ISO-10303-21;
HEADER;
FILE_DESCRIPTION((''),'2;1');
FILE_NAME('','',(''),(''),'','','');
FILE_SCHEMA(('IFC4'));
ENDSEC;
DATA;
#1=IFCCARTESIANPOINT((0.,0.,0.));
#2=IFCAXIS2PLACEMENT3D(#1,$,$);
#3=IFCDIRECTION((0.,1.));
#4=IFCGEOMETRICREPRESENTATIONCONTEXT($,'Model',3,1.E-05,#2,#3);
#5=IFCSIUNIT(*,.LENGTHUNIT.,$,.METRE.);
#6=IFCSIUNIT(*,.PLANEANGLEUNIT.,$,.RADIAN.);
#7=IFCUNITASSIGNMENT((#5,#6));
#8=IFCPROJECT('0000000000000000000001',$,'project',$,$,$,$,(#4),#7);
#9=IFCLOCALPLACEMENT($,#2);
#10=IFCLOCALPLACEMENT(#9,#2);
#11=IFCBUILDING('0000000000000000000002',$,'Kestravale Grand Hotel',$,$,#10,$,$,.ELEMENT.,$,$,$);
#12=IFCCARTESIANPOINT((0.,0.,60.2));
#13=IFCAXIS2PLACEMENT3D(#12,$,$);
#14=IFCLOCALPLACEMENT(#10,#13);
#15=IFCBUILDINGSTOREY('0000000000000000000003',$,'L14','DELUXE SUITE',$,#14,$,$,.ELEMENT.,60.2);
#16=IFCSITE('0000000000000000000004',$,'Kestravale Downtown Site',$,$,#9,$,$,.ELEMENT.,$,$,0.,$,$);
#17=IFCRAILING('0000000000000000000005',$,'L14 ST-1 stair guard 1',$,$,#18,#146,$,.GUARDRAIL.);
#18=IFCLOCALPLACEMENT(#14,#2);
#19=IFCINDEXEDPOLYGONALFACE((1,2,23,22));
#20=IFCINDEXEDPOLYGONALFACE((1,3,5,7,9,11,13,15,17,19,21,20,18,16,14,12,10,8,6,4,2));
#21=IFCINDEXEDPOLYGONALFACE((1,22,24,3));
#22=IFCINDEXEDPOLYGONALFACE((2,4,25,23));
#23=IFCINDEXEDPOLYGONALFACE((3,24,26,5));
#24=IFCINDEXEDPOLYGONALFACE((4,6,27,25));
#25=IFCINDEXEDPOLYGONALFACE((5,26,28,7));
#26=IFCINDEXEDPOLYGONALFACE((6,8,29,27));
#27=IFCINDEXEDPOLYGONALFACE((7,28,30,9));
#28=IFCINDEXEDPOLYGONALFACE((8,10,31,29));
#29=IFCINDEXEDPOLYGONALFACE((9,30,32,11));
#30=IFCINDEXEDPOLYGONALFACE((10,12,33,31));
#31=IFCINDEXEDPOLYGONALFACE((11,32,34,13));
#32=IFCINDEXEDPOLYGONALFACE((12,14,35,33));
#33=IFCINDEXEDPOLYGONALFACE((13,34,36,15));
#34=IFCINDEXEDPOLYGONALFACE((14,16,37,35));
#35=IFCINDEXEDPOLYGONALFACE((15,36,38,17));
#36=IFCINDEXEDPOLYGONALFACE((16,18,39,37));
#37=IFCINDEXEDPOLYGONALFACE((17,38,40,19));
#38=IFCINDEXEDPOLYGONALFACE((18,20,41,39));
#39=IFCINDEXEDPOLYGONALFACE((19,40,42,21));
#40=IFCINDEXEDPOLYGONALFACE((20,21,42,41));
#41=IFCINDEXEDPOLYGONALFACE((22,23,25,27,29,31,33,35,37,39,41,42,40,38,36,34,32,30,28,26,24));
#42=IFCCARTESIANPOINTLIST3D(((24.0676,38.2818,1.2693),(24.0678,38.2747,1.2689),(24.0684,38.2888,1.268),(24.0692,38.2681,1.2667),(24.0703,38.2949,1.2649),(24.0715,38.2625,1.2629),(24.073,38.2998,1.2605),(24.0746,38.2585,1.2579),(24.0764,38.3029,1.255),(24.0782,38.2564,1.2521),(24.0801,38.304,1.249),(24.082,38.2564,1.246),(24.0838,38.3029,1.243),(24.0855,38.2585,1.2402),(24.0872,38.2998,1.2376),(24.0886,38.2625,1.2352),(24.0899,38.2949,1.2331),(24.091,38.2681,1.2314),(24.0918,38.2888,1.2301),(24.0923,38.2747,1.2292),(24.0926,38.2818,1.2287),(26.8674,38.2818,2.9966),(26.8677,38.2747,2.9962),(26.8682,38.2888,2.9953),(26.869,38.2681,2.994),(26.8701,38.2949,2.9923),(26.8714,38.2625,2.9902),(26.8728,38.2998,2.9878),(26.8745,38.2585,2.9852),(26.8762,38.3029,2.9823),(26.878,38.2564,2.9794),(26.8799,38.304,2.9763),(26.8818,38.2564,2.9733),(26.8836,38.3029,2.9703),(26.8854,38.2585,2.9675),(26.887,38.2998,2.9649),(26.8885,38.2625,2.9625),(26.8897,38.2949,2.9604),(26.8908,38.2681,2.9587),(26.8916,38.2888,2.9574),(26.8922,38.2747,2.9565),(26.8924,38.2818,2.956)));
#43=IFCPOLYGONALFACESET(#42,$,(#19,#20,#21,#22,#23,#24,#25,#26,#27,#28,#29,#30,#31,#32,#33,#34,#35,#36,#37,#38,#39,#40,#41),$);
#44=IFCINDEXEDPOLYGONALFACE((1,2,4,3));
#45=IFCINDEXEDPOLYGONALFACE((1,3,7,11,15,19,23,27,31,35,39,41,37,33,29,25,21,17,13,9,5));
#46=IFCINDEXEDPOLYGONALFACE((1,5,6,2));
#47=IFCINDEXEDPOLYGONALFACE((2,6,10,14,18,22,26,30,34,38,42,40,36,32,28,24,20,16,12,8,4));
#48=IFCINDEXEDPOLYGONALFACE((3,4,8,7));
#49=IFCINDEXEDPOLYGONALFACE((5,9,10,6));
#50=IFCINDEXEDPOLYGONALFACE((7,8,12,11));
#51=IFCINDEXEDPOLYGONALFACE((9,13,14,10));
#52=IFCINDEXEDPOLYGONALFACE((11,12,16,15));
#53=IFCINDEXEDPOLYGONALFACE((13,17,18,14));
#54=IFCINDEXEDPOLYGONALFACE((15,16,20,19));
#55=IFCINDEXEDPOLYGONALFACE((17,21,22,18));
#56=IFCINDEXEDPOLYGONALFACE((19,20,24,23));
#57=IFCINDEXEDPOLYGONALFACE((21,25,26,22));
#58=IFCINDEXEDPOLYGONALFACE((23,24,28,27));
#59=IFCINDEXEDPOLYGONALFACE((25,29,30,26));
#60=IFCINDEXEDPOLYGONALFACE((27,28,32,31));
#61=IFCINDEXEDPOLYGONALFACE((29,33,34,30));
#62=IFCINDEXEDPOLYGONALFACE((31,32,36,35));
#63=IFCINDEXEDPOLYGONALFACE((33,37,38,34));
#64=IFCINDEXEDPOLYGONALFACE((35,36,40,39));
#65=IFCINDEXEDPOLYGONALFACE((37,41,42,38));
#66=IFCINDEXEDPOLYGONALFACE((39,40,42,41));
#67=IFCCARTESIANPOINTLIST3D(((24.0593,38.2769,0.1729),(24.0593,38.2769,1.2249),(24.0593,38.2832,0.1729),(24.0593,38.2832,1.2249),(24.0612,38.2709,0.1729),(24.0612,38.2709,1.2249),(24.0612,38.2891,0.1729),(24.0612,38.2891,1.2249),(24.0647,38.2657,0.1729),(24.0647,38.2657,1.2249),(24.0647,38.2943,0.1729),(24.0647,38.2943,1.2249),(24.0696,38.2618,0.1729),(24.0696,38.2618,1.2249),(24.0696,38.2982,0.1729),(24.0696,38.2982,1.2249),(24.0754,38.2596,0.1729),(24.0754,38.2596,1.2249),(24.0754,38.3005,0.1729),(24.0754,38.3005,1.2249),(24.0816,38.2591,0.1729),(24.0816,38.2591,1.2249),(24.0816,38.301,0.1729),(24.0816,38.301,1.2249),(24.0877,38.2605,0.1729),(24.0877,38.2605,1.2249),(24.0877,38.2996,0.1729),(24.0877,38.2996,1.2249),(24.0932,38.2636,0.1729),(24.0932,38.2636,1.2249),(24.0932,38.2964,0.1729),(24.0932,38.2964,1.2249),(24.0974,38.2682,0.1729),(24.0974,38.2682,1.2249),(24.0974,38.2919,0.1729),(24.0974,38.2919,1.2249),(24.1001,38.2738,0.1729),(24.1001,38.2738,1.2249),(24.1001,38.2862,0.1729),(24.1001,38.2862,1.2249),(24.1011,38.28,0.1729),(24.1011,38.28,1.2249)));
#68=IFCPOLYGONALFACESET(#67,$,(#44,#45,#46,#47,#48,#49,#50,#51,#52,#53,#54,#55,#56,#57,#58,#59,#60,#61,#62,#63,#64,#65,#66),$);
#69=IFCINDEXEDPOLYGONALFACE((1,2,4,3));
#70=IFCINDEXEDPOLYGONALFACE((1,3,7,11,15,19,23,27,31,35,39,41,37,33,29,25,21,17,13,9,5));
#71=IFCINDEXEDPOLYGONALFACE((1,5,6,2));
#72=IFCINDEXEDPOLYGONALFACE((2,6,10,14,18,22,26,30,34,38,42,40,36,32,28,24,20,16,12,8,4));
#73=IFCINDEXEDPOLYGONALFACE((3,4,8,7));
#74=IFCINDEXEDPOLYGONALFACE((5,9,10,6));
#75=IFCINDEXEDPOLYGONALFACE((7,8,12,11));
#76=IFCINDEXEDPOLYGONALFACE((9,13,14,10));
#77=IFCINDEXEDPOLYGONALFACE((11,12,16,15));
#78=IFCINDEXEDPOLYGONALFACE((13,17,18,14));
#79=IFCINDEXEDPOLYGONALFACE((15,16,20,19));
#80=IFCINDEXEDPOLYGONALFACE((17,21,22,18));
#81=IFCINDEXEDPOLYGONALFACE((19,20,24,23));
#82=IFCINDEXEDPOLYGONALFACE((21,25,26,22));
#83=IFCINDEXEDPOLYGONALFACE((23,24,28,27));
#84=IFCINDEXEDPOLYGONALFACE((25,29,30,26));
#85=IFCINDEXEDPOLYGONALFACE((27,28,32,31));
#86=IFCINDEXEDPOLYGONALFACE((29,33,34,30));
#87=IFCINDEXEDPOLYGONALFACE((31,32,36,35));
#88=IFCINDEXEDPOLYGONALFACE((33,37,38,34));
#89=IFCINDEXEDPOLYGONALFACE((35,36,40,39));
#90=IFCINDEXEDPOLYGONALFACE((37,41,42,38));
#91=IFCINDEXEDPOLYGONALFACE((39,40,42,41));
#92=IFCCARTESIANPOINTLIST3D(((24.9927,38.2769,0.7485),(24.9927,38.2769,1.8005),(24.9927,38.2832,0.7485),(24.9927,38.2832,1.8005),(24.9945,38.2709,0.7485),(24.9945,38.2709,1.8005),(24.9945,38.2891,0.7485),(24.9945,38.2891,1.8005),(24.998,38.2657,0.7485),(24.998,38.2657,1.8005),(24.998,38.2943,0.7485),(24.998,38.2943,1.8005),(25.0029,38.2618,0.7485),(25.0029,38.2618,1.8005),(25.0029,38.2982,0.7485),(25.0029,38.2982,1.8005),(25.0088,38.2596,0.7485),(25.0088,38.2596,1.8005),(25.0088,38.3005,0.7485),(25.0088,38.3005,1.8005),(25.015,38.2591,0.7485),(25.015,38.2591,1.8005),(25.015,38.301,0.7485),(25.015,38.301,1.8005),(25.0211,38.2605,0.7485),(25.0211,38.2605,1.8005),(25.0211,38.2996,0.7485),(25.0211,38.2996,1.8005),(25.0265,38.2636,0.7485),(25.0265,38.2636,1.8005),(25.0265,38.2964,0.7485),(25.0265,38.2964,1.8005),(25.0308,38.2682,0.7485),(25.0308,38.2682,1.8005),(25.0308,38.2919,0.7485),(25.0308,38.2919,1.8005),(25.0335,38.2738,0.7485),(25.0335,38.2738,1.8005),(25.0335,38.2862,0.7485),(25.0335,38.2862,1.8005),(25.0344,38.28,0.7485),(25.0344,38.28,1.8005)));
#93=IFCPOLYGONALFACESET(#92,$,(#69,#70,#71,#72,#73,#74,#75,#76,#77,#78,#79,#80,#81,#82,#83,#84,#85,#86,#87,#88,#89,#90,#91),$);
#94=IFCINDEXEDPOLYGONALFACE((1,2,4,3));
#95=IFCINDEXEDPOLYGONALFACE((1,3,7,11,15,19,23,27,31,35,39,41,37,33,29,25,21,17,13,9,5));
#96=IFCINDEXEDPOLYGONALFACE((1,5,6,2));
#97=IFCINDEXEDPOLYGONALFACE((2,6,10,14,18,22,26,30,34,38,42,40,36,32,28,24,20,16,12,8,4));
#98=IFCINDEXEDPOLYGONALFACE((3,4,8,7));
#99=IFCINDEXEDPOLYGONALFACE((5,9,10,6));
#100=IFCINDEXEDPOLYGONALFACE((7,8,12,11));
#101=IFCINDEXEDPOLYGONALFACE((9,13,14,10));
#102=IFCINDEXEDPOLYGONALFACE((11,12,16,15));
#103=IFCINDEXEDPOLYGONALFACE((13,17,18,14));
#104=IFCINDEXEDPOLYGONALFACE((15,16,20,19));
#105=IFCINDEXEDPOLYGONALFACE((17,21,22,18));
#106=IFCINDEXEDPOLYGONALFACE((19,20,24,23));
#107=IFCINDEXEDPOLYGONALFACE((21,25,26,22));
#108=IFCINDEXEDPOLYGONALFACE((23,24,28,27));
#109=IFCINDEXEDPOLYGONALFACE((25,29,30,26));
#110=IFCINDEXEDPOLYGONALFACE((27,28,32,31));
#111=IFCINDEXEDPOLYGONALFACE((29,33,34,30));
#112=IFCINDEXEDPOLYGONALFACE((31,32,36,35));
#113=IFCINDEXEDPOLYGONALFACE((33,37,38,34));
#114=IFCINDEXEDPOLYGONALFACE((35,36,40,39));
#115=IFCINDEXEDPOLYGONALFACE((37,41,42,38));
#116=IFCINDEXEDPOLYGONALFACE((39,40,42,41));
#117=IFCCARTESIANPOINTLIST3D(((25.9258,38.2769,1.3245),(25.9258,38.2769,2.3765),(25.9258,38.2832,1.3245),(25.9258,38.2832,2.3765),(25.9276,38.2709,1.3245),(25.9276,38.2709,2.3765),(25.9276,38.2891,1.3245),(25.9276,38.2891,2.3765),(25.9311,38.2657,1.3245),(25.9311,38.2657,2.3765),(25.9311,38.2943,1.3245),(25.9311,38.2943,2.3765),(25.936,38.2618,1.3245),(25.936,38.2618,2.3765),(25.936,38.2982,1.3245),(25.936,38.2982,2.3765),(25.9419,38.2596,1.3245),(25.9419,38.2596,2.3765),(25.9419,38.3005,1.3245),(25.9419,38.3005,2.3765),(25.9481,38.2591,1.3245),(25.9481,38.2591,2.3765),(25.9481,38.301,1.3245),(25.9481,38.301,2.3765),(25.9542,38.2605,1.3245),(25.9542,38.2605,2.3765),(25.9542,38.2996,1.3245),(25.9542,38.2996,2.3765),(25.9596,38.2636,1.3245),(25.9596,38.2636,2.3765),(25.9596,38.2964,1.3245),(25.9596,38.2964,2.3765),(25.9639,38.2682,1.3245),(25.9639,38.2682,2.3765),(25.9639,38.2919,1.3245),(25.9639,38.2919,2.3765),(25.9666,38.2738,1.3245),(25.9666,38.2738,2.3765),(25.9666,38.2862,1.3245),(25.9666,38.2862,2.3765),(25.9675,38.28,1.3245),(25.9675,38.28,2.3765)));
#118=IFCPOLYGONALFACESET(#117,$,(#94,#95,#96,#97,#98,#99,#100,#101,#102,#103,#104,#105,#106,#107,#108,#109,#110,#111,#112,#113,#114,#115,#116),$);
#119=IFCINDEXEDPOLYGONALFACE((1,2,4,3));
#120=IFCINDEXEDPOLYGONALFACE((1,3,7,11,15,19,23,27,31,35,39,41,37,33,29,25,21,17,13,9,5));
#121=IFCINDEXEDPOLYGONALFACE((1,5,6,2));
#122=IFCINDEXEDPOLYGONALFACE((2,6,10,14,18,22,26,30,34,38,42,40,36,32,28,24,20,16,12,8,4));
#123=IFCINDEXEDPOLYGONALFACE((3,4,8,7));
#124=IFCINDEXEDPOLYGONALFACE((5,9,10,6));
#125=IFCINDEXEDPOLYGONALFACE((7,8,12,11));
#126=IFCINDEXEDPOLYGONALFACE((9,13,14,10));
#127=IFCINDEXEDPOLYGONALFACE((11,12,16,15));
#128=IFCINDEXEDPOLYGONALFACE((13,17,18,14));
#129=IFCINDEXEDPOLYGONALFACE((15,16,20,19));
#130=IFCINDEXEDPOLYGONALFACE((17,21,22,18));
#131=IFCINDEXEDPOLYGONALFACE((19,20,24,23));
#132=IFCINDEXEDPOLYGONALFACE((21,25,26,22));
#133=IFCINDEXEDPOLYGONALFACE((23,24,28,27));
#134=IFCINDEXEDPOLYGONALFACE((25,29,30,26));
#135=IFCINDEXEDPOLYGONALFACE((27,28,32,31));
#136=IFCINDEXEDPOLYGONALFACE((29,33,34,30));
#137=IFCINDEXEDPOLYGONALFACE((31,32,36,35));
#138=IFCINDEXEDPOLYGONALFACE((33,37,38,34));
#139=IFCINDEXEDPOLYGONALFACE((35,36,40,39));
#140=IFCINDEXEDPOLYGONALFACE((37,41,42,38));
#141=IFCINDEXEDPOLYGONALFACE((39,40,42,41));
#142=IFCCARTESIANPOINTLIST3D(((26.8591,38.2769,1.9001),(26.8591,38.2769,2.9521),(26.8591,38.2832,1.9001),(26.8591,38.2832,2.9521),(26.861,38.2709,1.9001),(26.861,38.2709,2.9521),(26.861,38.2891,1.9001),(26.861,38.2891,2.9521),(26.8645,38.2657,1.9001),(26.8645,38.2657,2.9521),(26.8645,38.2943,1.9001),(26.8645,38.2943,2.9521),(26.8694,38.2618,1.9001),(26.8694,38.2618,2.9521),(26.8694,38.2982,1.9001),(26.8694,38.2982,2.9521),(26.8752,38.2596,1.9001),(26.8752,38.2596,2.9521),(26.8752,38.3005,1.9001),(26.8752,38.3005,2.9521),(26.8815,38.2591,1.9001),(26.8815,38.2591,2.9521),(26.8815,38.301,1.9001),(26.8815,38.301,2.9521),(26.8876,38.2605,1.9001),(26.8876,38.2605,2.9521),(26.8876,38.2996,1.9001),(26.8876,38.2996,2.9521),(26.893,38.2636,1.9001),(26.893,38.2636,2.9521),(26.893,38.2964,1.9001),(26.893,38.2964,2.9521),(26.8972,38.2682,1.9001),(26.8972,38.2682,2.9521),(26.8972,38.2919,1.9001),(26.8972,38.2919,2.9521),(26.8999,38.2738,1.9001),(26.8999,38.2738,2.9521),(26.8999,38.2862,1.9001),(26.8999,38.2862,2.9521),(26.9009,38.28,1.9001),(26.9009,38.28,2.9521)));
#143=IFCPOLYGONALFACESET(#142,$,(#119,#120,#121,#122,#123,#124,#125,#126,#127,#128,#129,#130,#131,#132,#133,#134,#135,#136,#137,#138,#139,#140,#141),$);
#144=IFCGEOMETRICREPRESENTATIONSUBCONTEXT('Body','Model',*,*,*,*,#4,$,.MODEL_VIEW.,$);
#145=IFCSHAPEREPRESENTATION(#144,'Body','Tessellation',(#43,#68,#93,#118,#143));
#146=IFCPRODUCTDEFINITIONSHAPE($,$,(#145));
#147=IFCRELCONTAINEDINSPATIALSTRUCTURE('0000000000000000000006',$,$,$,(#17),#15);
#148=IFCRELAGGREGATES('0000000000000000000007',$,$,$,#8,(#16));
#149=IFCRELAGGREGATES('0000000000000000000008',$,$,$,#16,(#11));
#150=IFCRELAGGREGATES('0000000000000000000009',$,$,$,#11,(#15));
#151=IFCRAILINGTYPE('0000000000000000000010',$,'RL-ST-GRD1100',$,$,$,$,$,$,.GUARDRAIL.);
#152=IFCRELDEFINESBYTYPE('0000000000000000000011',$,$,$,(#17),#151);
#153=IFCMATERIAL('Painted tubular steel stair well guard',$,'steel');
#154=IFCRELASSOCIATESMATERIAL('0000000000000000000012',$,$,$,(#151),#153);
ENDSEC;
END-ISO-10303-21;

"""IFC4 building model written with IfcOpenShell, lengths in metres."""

from ifc_helpers import new_model, si_unit, direction, frame, origin, origin_2d, place, context, subcontext, project, spatial, circle, extrude, material, type_object, element, save


model = new_model("IFC4")

# Units and contexts
model_context = context("Model", 3, precision=1e-05, world=origin(), true_north=direction((0.0, 1.0)))
body_context = subcontext(model_context, "Body", "Model", "MODEL_VIEW")
ifc_project = project(units=[si_unit("LENGTHUNIT", "METRE"), si_unit("PLANEANGLEUNIT", "RADIAN")], contexts=[model_context])

# Site, building, storey
site_placement = place(None, origin())
site = spatial("IfcSite", under=ifc_project, at=site_placement, Name="Kestravale Downtown Site", CompositionType="ELEMENT", RefElevation=0.0)
building_placement = place(site_placement, origin())
building = spatial("IfcBuilding", under=site, at=building_placement, Name="Kestravale Grand Hotel", CompositionType="ELEMENT")
storey_placement = place(building_placement, frame((0.0, 0.0, 60.2)))
storey = spatial("IfcBuildingStorey", under=building, at=storey_placement, Name="L14", Description="DELUXE SUITE", CompositionType="ELEMENT", Elevation=60.2)

# Railing
ifc_material_1 = material(Name="Painted tubular steel stair well guard", Category="steel")
railing_type_1 = type_object("IfcRailingType", Name="RL-ST-GRD1100", PredefinedType="GUARDRAIL", material=ifc_material_1)
railing_1_placement = place(storey_placement, frame((24.0801, 38.28, 0.1729)))
element("IfcRailing", 1, at=railing_1_placement, inside=storey, type_object=railing_type_1, Name="L14 ST-1 stair guard 1", PredefinedType="GUARDRAIL", context=body_context, shape_type="SweptSolid", body=[
    extrude(circle(Radius=0.0239, at=origin_2d()), frame((0.0, 0.0, 1.0762), z_axis=(0.851069, 0.0, 0.525054), x_axis=(0.0, 1.0, 0.0)), (0.0, 0.0, 1.0), 3.2898),
    extrude(circle(Radius=0.021, at=origin_2d()), origin(), (0.0, 0.0, 1.0), 1.052),
    extrude(circle(Radius=0.021, at=origin_2d()), frame((0.9333, 0.0, 0.5757)), (0.0, 0.0, 1.0), 1.052),
    extrude(circle(Radius=0.021, at=origin_2d()), frame((1.8665, 0.0, 1.1516)), (0.0, 0.0, 1.0), 1.052),
    extrude(circle(Radius=0.021, at=origin_2d()), frame((2.7998, 0.0, 1.7273)), (0.0, 0.0, 1.0), 1.052),
])

save(model, "model.ifc")
